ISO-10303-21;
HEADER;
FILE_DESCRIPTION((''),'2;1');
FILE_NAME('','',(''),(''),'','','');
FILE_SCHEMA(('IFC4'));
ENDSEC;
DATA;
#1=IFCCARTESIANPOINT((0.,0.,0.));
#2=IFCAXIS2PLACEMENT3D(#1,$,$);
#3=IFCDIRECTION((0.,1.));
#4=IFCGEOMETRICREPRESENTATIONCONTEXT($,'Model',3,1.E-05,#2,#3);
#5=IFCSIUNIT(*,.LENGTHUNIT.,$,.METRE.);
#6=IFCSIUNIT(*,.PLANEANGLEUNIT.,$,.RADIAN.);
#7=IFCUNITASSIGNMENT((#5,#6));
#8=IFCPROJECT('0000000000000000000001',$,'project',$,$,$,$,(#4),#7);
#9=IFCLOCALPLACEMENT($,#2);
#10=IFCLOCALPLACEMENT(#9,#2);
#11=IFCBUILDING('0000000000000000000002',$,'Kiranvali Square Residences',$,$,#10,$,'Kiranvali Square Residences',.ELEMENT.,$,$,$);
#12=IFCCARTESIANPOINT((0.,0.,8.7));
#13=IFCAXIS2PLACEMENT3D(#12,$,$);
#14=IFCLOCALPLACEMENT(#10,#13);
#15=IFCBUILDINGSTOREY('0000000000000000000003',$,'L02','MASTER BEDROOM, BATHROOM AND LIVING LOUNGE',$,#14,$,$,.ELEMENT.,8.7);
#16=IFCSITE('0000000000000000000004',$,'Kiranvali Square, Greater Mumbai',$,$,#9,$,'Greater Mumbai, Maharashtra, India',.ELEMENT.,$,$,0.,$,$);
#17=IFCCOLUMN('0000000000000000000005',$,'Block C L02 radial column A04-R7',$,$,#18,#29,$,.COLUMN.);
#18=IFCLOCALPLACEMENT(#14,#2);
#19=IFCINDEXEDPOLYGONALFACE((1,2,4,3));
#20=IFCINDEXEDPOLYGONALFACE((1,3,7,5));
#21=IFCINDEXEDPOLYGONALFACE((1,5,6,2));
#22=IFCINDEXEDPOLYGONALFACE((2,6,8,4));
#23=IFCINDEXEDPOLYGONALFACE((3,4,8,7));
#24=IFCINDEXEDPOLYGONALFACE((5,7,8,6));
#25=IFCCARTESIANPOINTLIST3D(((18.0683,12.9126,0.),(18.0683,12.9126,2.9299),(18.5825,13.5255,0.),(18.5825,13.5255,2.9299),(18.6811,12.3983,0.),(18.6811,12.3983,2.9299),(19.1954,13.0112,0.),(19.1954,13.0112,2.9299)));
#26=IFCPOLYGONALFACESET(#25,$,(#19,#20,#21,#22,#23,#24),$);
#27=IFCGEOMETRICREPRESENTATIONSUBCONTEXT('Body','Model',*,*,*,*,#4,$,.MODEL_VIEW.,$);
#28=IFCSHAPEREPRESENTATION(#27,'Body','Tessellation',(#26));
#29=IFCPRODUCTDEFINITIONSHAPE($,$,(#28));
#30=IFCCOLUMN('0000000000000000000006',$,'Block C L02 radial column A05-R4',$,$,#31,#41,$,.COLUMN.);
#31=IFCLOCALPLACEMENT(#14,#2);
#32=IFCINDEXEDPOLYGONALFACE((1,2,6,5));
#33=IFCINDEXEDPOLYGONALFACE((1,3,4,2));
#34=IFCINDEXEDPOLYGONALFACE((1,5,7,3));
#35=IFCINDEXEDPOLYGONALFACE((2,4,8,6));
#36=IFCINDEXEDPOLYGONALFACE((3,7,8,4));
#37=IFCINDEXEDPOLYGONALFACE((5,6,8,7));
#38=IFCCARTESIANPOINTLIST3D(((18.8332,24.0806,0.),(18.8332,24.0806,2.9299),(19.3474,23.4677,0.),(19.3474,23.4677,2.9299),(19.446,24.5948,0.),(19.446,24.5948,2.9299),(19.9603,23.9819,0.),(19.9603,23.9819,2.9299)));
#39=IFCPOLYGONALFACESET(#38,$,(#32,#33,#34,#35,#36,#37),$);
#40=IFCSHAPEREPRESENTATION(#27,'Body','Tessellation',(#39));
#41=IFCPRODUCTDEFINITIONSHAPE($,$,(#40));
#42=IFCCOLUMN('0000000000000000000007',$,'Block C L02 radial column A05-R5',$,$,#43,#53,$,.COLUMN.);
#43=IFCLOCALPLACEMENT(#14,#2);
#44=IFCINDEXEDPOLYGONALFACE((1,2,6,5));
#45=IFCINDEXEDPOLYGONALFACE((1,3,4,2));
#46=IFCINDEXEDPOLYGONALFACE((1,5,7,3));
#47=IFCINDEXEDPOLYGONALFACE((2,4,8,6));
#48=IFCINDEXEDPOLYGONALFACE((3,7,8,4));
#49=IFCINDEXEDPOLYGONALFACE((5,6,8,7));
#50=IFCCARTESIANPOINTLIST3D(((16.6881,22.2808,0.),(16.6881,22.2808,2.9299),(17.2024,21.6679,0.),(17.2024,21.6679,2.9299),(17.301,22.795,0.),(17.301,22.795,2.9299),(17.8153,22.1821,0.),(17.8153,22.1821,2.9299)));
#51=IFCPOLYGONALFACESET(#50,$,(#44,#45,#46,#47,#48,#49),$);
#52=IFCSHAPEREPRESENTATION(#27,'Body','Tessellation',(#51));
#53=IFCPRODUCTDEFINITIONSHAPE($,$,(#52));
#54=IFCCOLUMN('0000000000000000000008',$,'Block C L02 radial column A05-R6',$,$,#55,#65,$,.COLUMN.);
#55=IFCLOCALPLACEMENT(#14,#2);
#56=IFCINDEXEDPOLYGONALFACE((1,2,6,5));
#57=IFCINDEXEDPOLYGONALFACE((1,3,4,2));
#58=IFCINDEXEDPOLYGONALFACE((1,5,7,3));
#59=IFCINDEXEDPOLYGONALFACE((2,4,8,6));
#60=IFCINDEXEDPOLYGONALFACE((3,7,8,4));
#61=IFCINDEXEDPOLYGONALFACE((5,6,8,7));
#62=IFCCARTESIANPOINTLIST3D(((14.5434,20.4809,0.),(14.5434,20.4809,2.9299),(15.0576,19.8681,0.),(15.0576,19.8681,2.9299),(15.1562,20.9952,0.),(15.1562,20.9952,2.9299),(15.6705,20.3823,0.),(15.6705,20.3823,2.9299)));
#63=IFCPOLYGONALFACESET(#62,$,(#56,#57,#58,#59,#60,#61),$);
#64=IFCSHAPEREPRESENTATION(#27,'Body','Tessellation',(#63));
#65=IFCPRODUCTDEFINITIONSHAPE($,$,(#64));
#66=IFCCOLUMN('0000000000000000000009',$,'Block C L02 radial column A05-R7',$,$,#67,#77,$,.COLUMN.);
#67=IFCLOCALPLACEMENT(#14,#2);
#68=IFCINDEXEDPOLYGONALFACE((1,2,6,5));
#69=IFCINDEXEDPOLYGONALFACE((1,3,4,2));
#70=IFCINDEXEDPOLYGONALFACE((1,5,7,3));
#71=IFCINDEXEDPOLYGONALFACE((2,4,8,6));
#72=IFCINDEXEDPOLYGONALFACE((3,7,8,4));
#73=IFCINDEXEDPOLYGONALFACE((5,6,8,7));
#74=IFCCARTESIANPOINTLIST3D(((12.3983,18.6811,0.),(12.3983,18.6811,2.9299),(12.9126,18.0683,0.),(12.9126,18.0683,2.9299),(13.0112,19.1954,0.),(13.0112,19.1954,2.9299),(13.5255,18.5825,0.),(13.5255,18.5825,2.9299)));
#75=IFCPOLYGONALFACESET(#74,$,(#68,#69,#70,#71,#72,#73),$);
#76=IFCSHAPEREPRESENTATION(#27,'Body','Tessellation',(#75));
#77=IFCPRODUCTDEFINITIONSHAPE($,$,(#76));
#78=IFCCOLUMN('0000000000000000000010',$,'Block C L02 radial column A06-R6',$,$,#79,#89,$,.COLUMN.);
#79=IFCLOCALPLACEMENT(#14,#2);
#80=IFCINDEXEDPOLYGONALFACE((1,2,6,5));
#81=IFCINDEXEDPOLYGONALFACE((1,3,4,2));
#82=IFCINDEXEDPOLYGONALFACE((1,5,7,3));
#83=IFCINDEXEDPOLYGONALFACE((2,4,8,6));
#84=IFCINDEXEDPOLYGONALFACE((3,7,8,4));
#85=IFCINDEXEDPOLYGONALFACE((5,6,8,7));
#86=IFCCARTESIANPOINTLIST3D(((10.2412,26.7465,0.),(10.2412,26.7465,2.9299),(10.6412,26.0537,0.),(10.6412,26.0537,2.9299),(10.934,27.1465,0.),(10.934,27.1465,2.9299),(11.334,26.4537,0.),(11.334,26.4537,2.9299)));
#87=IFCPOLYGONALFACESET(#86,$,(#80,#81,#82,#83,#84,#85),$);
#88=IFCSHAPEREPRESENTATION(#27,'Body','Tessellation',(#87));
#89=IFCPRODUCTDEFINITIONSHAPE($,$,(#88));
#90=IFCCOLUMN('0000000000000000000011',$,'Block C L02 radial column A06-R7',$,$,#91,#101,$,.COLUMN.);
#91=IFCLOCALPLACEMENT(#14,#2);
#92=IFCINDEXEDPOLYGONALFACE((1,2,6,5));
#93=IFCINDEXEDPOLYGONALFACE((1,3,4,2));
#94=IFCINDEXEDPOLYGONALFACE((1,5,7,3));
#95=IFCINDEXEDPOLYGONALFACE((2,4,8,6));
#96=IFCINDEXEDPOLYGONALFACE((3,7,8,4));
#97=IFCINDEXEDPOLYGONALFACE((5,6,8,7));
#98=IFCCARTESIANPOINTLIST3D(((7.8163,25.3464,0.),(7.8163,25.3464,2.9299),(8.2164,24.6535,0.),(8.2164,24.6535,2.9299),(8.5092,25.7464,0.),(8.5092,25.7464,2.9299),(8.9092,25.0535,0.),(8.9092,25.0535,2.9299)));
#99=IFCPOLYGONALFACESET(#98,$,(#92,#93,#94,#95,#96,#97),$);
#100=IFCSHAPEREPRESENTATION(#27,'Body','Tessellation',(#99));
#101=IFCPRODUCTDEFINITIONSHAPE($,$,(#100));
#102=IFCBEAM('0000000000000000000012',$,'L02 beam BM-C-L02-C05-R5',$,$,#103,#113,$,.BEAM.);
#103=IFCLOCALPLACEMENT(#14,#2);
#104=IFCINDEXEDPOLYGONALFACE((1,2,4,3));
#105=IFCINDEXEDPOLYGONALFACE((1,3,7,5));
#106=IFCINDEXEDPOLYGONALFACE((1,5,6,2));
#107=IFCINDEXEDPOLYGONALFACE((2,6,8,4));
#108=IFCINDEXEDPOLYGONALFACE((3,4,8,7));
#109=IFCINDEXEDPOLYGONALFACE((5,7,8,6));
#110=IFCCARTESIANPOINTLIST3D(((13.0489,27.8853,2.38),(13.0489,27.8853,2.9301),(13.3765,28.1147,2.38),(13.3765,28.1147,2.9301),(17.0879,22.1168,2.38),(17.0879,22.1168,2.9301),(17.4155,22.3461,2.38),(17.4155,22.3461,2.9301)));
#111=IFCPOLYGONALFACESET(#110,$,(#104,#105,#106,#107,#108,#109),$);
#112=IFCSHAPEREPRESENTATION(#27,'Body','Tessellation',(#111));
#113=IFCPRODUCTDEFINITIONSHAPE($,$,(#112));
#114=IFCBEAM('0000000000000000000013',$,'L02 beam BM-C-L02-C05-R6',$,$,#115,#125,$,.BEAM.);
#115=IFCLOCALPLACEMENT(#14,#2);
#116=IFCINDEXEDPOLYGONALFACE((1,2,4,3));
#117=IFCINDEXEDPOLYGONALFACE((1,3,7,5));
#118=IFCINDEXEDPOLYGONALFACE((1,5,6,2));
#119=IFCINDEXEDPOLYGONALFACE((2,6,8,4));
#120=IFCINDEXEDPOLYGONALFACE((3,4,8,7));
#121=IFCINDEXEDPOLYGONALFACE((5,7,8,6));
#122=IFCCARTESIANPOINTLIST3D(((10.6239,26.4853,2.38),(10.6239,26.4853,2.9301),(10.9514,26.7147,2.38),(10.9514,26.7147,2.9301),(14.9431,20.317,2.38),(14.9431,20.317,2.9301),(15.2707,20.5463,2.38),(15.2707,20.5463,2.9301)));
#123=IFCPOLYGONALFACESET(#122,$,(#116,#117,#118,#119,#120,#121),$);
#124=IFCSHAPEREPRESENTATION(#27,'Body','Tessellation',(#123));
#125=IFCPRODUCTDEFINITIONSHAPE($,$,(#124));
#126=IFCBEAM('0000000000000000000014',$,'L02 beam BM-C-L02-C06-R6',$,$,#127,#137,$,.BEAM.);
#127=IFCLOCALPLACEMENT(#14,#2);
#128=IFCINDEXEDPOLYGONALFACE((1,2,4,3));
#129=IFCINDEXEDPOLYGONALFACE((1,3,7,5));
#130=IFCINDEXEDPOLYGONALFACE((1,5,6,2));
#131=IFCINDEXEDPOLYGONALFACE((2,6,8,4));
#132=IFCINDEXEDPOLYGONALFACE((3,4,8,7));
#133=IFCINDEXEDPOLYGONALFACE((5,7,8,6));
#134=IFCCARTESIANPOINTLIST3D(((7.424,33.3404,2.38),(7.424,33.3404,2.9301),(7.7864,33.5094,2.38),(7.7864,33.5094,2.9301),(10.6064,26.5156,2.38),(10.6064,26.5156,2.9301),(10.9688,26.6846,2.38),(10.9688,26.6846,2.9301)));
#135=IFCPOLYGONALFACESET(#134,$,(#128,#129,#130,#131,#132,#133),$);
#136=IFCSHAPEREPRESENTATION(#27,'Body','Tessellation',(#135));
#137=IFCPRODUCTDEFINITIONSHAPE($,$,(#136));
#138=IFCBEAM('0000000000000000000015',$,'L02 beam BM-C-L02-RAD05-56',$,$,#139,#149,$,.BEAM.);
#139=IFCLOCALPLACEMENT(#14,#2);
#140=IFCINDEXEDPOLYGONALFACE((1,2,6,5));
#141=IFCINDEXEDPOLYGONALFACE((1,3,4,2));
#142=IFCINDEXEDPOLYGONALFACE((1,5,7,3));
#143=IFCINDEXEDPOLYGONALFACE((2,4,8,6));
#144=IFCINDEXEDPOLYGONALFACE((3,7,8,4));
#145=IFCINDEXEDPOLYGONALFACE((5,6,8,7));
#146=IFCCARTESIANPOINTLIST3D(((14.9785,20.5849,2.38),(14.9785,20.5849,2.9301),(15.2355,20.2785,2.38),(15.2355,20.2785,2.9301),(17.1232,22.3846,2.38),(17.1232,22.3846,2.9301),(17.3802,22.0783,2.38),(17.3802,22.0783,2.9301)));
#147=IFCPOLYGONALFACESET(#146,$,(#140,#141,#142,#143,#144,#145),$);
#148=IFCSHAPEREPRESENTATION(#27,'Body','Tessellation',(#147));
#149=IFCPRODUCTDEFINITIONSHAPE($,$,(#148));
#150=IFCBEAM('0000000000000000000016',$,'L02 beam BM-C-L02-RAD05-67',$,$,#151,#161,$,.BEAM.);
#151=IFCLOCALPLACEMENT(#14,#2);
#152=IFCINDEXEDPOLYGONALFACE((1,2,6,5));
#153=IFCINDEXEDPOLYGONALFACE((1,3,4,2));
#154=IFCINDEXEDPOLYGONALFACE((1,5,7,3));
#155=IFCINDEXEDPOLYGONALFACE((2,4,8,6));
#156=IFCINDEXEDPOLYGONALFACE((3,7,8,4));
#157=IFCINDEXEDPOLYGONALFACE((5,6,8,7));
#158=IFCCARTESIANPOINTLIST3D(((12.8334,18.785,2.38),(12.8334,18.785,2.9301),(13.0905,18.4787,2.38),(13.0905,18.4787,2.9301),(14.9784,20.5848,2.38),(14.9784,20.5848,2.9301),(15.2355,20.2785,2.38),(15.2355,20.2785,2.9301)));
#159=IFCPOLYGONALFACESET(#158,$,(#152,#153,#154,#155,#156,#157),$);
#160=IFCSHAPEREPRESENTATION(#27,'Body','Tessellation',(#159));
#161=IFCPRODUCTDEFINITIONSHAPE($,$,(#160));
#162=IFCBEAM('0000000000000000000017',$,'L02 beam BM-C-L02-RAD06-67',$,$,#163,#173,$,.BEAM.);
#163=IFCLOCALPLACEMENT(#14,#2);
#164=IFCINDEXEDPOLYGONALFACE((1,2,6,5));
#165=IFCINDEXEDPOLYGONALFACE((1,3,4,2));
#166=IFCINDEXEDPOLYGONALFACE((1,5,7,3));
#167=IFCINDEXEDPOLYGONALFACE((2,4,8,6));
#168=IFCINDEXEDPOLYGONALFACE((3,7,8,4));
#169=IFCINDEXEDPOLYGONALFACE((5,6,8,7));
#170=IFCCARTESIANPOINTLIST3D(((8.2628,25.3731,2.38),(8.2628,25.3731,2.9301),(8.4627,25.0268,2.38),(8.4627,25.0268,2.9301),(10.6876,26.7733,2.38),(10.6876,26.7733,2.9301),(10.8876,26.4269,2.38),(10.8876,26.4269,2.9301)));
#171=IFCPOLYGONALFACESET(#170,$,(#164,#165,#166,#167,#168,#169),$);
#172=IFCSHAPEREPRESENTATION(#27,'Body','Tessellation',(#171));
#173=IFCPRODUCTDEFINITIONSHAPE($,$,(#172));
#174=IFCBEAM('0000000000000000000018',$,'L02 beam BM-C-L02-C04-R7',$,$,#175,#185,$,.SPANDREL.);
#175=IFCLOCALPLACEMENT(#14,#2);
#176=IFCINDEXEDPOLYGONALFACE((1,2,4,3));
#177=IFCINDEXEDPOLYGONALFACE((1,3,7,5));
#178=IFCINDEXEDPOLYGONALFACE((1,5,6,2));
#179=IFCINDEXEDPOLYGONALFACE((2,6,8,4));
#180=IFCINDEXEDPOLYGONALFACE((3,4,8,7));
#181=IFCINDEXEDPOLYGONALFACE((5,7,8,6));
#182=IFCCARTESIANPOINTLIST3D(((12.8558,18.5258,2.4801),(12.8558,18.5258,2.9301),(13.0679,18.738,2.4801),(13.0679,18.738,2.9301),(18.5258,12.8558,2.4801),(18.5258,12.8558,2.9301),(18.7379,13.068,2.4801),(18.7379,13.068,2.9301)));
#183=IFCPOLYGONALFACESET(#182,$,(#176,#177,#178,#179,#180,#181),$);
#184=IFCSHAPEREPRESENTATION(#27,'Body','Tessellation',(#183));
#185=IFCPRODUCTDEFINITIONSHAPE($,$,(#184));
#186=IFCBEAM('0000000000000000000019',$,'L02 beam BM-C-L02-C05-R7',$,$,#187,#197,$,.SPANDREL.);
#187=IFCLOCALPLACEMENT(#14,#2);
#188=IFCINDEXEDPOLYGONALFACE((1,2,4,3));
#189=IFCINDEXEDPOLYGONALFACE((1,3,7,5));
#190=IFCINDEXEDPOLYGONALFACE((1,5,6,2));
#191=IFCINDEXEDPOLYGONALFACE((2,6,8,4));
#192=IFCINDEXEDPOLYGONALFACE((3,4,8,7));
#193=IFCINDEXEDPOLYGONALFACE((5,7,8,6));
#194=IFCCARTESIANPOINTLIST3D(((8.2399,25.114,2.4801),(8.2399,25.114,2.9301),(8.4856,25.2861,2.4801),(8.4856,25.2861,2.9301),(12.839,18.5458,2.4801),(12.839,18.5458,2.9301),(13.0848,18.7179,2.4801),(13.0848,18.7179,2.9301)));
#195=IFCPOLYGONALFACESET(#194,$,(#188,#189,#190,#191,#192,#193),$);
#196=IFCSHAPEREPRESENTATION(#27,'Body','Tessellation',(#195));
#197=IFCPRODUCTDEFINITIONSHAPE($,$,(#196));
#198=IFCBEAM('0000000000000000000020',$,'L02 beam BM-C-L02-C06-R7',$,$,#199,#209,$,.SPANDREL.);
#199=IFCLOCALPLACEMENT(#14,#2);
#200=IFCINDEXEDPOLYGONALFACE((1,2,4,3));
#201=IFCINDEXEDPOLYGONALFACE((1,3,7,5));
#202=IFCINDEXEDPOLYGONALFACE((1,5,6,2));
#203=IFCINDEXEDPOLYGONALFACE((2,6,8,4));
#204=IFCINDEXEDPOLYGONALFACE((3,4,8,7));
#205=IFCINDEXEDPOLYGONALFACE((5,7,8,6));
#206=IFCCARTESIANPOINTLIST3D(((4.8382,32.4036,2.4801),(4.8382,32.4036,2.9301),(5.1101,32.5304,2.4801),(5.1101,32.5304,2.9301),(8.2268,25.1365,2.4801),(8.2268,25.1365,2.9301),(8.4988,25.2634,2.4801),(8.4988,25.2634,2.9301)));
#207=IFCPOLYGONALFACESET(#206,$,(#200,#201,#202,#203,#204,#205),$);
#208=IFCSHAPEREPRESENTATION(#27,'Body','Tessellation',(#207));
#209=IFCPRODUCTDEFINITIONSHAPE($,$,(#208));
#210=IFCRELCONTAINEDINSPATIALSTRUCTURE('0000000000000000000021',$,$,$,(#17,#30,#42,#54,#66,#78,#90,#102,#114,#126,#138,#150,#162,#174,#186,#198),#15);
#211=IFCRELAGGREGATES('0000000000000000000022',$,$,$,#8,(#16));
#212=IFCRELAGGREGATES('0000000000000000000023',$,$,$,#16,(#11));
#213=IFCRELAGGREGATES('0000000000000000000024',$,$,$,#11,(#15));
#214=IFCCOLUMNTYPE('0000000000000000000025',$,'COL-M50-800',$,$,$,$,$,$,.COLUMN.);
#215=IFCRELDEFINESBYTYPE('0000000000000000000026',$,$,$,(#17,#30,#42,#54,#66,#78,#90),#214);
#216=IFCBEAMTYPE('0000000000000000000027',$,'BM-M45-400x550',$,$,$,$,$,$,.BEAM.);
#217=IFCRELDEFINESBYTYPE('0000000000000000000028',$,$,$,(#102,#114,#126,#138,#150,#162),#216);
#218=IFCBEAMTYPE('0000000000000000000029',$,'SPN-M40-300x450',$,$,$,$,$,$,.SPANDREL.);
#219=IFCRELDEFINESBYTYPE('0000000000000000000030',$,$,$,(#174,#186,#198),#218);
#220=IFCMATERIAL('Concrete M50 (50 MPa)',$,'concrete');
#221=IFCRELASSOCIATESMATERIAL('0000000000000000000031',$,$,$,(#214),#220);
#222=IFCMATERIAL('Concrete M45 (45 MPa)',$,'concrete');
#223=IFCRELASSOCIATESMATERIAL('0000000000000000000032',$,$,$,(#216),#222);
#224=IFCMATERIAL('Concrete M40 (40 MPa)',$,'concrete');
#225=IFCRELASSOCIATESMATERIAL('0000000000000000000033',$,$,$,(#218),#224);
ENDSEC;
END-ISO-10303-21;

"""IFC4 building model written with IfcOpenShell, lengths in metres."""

from ifc_helpers import new_model, si_unit, direction, frame, origin, origin_2d, place, context, subcontext, project, spatial, rectangle, extrude, material, material_profile, profile_set, type_object, element, save


model = new_model("IFC4")

# Units and contexts
model_context = context("Model", 3, precision=1e-05, world=origin(), true_north=direction((0.0, 1.0)))
body_context = subcontext(model_context, "Body", "Model", "MODEL_VIEW")
ifc_project = project(units=[si_unit("LENGTHUNIT", "METRE"), si_unit("PLANEANGLEUNIT", "RADIAN")], contexts=[model_context])

# Site, building, storey
site_placement = place(None, origin())
site = spatial("IfcSite", under=ifc_project, at=site_placement, Name="Kiranvali Square, Greater Mumbai", LongName="Greater Mumbai, Maharashtra, India", CompositionType="ELEMENT", RefElevation=0.0)
building_placement = place(site_placement, origin())
building = spatial("IfcBuilding", under=site, at=building_placement, Name="Kiranvali Square Residences", LongName="Kiranvali Square Residences", CompositionType="ELEMENT")
storey_placement = place(building_placement, frame((0.0, 0.0, 8.7)))
storey = spatial("IfcBuildingStorey", under=building, at=storey_placement, Name="L02", Description="MASTER BEDROOM, BATHROOM AND LIVING LOUNGE", CompositionType="ELEMENT", Elevation=8.7)

# Columns
ifc_material_1 = material(Name="Concrete M50 (50 MPa)", Category="concrete")
ifc_material_profile_1 = material_profile(ifc_material_1, rectangle(XDim=0.8, YDim=0.8, at=origin_2d()), Name="RC 800x800")
ifc_profile_set_1 = profile_set([ifc_material_profile_1], Name="Concrete M50 (50 MPa)")
column_type = type_object("IfcColumnType", Name="COL-M50-800", PredefinedType="COLUMN", material=ifc_profile_set_1)
for number, where, z_axis, x_axis, name in (
    (1, (18.6318, 12.9619, 0.0), (0.0, 0.0, 1.0), (-0.766044, 0.642788, 0.0), "Block C L02 radial column A04-R7"),
    (2, (19.3967, 24.0312, 0.0), (0.0, 0.0, 1.0), (-0.642788, 0.766044, 0.0), "Block C L02 radial column A05-R4"),
    (3, (17.2517, 22.2314, 0.0), (0.0, 0.0, 1.0), (-0.642788, 0.766044, 0.0), "Block C L02 radial column A05-R5"),
    (4, (15.1069, 20.4316, 0.0), (0.0, 0.0, 1.0), (-0.642788, 0.766044, 0.0), "Block C L02 radial column A05-R6"),
    (5, (12.9619, 18.6318, 0.0), (0.0, 0.0, 1.0), (-0.642788, 0.766044, 0.0), "Block C L02 radial column A05-R7"),
    (6, (10.7876, 26.6001, 0.0), (0.0, 0.0, 1.0), (-0.5, 0.866025, 0.0), "Block C L02 radial column A06-R6"),
    (7, (8.3628, 25.2, 0.0), (0.0, 0.0, 1.0), (-0.5, 0.866025, 0.0), "Block C L02 radial column A06-R7"),
):
    element("IfcColumn", number, at=place(storey_placement, frame(where, z_axis=z_axis, x_axis=x_axis)), inside=storey, type_object=column_type, Name=name, PredefinedType="COLUMN", context=body_context, shape_type="SweptSolid", body=[
        extrude(rectangle(XDim=0.8, YDim=0.8, at=origin_2d()), origin(), (0.0, 0.0, 1.0), 2.9299),
    ])

# Beams
ifc_material_2 = material(Name="Concrete M45 (45 MPa)", Category="concrete")
ifc_material_profile_2 = material_profile(ifc_material_2, rectangle(XDim=0.3999, YDim=0.55, at=origin_2d()), Name="RC 400x550")
ifc_profile_set_2 = profile_set([ifc_material_profile_2], Name="Concrete M45 (45 MPa)")
beam_type_1 = type_object("IfcBeamType", Name="BM-M45-400x550", PredefinedType="BEAM", material=ifc_profile_set_2)
beam_1_placement = place(storey_placement, frame((17.2517, 22.2314, 2.655), z_axis=(-0.573565, 0.81916, 0.0), x_axis=(-0.81916, -0.573565, 0.0)))
element("IfcBeam", 8, at=beam_1_placement, inside=storey, type_object=beam_type_1, Name="L02 beam BM-C-L02-C05-R5", PredefinedType="BEAM", context=body_context, shape_type="SweptSolid", body=[
    extrude(rectangle(XDim=0.3999, YDim=0.55, at=origin_2d()), origin(), (0.0, 0.0, 1.0), 7.042),
])
for number, where, z_axis, x_axis, name in (
    (9, (15.1069, 20.4316, 2.655), (-0.573589, 0.819144, 0.0), (-0.819144, -0.573589, 0.0), "L02 beam BM-C-L02-C05-R6"),
    (10, (10.7876, 26.6001, 2.655), (-0.422614, 0.90631, 0.0), (-0.90631, -0.422614, 0.0), "L02 beam BM-C-L02-C06-R6"),
):
    element("IfcBeam", number, at=place(storey_placement, frame(where, z_axis=z_axis, x_axis=x_axis)), inside=storey, type_object=beam_type_1, Name=name, PredefinedType="BEAM", context=body_context, shape_type="SweptSolid", body=[
        extrude(rectangle(XDim=0.3999, YDim=0.55, at=origin_2d()), origin(), (0.0, 0.0, 1.0), 7.5303),
    ])
beam_2_placement = place(storey_placement, frame((17.2517, 22.2314, 2.655), z_axis=(-0.766023, -0.642814, 0.0), x_axis=(0.642814, -0.766023, 0.0)))
element("IfcBeam", 11, at=beam_2_placement, inside=storey, type_object=beam_type_1, Name="L02 beam BM-C-L02-RAD05-56", PredefinedType="BEAM", context=body_context, shape_type="SweptSolid", body=[
    extrude(rectangle(XDim=0.3999, YDim=0.55, at=origin_2d()), origin(), (0.0, 0.0, 1.0), 2.7998),
])
for number, where, z_axis, x_axis, name in (
    (12, (15.1069, 20.4316, 2.655), (-0.766059, -0.642771, 0.0), (0.642771, -0.766059, 0.0), "L02 beam BM-C-L02-RAD05-67"),
    (13, (10.7876, 26.6001, 2.655), (-0.865997, -0.50005, 0.0), (0.50005, -0.865997, 0.0), "L02 beam BM-C-L02-RAD06-67"),
):
    element("IfcBeam", number, at=place(storey_placement, frame(where, z_axis=z_axis, x_axis=x_axis)), inside=storey, type_object=beam_type_1, Name=name, PredefinedType="BEAM", context=body_context, shape_type="SweptSolid", body=[
        extrude(rectangle(XDim=0.3999, YDim=0.55, at=origin_2d()), origin(), (0.0, 0.0, 1.0), 2.8),
    ])
ifc_material_3 = material(Name="Concrete M40 (40 MPa)", Category="concrete")
ifc_material_profile_3 = material_profile(ifc_material_3, rectangle(XDim=0.3, YDim=0.45, at=origin_2d()), Name="RC 300x450")
ifc_profile_set_3 = profile_set([ifc_material_profile_3], Name="Concrete M40 (40 MPa)")
beam_type_2 = type_object("IfcBeamType", Name="SPN-M40-300x450", PredefinedType="SPANDREL", material=ifc_profile_set_3)
beam_3_placement = place(storey_placement, frame((18.6318, 12.9619, 2.7051), z_axis=(-0.707107, 0.707107, 0.0), x_axis=(-0.707107, -0.707107, 0.0)))
element("IfcBeam", 14, at=beam_3_placement, inside=storey, type_object=beam_type_2, Name="L02 beam BM-C-L02-C04-R7", PredefinedType="SPANDREL", context=body_context, shape_type="SweptSolid", body=[
    extrude(rectangle(XDim=0.3, YDim=0.45, at=origin_2d()), origin(), (0.0, 0.0, 1.0), 8.0186),
])
for number, where, z_axis, x_axis, name in (
    (15, (12.9619, 18.6318, 2.7051), (-0.573583, 0.819148, 0.0), (-0.819148, -0.573583, 0.0), "L02 beam BM-C-L02-C05-R7"),
    (16, (8.3628, 25.2, 2.7051), (-0.422615, 0.906309, 0.0), (-0.906309, -0.422615, 0.0), "L02 beam BM-C-L02-C06-R7"),
):
    element("IfcBeam", number, at=place(storey_placement, frame(where, z_axis=z_axis, x_axis=x_axis)), inside=storey, type_object=beam_type_2, Name=name, PredefinedType="SPANDREL", context=body_context, shape_type="SweptSolid", body=[
        extrude(rectangle(XDim=0.3, YDim=0.45, at=origin_2d()), origin(), (0.0, 0.0, 1.0), 8.0183),
    ])

save(model, "model.ifc")
